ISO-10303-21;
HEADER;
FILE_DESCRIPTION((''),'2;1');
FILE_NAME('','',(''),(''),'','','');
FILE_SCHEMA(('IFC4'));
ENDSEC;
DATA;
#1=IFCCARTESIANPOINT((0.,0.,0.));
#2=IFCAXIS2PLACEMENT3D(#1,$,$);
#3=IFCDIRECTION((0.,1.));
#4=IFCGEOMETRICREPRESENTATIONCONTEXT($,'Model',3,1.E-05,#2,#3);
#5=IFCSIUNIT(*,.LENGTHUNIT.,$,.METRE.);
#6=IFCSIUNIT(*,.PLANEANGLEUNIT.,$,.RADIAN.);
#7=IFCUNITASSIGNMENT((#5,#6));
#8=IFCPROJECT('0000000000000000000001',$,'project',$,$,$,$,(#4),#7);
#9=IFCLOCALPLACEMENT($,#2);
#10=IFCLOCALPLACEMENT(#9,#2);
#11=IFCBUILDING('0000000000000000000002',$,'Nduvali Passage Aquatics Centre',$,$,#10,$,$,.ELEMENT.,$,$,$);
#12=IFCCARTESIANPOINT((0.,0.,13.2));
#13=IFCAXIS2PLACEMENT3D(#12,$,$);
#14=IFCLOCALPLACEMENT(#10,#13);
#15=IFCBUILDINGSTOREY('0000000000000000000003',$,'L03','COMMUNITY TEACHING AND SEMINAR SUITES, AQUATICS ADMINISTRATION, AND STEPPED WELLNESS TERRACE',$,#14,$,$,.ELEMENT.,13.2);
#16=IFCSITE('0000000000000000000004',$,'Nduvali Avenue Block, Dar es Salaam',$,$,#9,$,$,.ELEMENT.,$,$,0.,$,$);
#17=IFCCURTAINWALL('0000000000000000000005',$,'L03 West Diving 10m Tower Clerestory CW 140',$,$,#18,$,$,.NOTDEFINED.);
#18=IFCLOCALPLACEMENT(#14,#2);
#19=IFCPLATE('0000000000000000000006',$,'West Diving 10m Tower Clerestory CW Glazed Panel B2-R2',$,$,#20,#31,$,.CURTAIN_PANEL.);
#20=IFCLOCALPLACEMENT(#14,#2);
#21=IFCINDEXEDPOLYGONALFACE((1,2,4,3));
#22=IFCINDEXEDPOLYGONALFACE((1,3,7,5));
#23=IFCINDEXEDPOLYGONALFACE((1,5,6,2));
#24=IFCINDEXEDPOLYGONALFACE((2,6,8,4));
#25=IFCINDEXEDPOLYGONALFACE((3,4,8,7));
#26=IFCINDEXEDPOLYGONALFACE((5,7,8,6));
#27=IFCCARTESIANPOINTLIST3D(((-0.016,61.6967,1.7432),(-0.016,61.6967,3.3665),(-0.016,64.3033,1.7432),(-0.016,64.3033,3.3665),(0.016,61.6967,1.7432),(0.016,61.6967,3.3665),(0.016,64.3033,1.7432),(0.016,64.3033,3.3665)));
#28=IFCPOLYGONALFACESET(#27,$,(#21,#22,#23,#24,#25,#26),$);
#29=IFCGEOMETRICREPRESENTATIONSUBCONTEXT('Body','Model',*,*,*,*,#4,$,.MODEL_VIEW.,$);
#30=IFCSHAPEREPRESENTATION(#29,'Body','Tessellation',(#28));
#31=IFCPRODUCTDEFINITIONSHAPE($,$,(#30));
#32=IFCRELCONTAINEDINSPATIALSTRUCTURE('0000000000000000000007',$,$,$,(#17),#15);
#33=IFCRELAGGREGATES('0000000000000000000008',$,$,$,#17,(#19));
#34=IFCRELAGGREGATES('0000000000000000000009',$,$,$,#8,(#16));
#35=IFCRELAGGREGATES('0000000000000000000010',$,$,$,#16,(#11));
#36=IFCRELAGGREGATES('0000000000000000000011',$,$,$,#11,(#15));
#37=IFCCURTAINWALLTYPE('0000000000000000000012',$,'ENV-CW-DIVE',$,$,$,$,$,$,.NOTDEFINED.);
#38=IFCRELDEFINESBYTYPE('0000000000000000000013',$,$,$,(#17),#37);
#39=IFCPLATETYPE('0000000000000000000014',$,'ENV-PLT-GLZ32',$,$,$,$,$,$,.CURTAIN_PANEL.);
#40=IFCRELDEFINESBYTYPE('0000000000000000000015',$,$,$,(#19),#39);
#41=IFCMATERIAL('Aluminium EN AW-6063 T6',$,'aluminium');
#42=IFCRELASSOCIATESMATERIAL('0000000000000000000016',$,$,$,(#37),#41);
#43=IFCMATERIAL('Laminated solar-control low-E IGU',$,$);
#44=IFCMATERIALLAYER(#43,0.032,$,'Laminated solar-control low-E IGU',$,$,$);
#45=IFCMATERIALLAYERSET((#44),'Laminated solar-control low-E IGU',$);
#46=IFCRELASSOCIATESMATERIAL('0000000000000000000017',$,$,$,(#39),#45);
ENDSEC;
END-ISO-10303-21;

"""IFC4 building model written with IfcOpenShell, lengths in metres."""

from ifc_helpers import new_model, si_unit, direction, frame, origin, origin_2d, place, context, subcontext, project, spatial, rectangle, extrude, material, layer, layer_set, type_object, element, aggregate, save


model = new_model("IFC4")

# Units and contexts
model_context = context("Model", 3, precision=1e-05, world=origin(), true_north=direction((0.0, 1.0)))
body_context = subcontext(model_context, "Body", "Model", "MODEL_VIEW")
ifc_project = project(units=[si_unit("LENGTHUNIT", "METRE"), si_unit("PLANEANGLEUNIT", "RADIAN")], contexts=[model_context])

# Site, building, storey
site_placement = place(None, origin())
site = spatial("IfcSite", under=ifc_project, at=site_placement, Name="Nduvali Avenue Block, Dar es Salaam", CompositionType="ELEMENT", RefElevation=0.0)
building_placement = place(site_placement, origin())
building = spatial("IfcBuilding", under=site, at=building_placement, Name="Nduvali Passage Aquatics Centre", CompositionType="ELEMENT")
storey_placement = place(building_placement, frame((0.0, 0.0, 13.2)))
storey = spatial("IfcBuildingStorey", under=building, at=storey_placement, Name="L03", Description="COMMUNITY TEACHING AND SEMINAR SUITES, AQUATICS ADMINISTRATION, AND STEPPED WELLNESS TERRACE", CompositionType="ELEMENT", Elevation=13.2)

# Curtain wall
ifc_material_1 = material(Name="Aluminium EN AW-6063 T6", Category="aluminium")
curtain_wall_type = type_object("IfcCurtainWallType", Name="ENV-CW-DIVE", PredefinedType="NOTDEFINED", material=ifc_material_1)
curtain_wall_1_placement = place(storey_placement, origin())
curtain_wall_1 = element("IfcCurtainWall", 1, at=curtain_wall_1_placement, inside=storey, type_object=curtain_wall_type, Name="L03 West Diving 10m Tower Clerestory CW 140", PredefinedType="NOTDEFINED")

# Plate
ifc_material_2 = material(Name="Laminated solar-control low-E IGU")
ifc_layer = layer(ifc_material_2, 0.032, Name="Laminated solar-control low-E IGU")
ifc_layer_set = layer_set([ifc_layer], Name="Laminated solar-control low-E IGU")
plate_type = type_object("IfcPlateType", Name="ENV-PLT-GLZ32", PredefinedType="CURTAIN_PANEL", material=ifc_layer_set)
plate_1_placement = place(storey_placement, frame((0.0, 63.0, 1.7432), z_axis=(0.0, 0.0, 1.0), x_axis=(0.0, 1.0, 0.0)))
plate_1 = element("IfcPlate", 2, at=plate_1_placement, type_object=plate_type, Name="West Diving 10m Tower Clerestory CW Glazed Panel B2-R2", PredefinedType="CURTAIN_PANEL", context=body_context, shape_type="SweptSolid", body=[
    extrude(rectangle(XDim=2.6067, YDim=0.032, at=origin_2d()), origin(), (0.0, 0.0, 1.0), 1.6233),
])
aggregate(curtain_wall_1, [plate_1])

save(model, "model.ifc")
